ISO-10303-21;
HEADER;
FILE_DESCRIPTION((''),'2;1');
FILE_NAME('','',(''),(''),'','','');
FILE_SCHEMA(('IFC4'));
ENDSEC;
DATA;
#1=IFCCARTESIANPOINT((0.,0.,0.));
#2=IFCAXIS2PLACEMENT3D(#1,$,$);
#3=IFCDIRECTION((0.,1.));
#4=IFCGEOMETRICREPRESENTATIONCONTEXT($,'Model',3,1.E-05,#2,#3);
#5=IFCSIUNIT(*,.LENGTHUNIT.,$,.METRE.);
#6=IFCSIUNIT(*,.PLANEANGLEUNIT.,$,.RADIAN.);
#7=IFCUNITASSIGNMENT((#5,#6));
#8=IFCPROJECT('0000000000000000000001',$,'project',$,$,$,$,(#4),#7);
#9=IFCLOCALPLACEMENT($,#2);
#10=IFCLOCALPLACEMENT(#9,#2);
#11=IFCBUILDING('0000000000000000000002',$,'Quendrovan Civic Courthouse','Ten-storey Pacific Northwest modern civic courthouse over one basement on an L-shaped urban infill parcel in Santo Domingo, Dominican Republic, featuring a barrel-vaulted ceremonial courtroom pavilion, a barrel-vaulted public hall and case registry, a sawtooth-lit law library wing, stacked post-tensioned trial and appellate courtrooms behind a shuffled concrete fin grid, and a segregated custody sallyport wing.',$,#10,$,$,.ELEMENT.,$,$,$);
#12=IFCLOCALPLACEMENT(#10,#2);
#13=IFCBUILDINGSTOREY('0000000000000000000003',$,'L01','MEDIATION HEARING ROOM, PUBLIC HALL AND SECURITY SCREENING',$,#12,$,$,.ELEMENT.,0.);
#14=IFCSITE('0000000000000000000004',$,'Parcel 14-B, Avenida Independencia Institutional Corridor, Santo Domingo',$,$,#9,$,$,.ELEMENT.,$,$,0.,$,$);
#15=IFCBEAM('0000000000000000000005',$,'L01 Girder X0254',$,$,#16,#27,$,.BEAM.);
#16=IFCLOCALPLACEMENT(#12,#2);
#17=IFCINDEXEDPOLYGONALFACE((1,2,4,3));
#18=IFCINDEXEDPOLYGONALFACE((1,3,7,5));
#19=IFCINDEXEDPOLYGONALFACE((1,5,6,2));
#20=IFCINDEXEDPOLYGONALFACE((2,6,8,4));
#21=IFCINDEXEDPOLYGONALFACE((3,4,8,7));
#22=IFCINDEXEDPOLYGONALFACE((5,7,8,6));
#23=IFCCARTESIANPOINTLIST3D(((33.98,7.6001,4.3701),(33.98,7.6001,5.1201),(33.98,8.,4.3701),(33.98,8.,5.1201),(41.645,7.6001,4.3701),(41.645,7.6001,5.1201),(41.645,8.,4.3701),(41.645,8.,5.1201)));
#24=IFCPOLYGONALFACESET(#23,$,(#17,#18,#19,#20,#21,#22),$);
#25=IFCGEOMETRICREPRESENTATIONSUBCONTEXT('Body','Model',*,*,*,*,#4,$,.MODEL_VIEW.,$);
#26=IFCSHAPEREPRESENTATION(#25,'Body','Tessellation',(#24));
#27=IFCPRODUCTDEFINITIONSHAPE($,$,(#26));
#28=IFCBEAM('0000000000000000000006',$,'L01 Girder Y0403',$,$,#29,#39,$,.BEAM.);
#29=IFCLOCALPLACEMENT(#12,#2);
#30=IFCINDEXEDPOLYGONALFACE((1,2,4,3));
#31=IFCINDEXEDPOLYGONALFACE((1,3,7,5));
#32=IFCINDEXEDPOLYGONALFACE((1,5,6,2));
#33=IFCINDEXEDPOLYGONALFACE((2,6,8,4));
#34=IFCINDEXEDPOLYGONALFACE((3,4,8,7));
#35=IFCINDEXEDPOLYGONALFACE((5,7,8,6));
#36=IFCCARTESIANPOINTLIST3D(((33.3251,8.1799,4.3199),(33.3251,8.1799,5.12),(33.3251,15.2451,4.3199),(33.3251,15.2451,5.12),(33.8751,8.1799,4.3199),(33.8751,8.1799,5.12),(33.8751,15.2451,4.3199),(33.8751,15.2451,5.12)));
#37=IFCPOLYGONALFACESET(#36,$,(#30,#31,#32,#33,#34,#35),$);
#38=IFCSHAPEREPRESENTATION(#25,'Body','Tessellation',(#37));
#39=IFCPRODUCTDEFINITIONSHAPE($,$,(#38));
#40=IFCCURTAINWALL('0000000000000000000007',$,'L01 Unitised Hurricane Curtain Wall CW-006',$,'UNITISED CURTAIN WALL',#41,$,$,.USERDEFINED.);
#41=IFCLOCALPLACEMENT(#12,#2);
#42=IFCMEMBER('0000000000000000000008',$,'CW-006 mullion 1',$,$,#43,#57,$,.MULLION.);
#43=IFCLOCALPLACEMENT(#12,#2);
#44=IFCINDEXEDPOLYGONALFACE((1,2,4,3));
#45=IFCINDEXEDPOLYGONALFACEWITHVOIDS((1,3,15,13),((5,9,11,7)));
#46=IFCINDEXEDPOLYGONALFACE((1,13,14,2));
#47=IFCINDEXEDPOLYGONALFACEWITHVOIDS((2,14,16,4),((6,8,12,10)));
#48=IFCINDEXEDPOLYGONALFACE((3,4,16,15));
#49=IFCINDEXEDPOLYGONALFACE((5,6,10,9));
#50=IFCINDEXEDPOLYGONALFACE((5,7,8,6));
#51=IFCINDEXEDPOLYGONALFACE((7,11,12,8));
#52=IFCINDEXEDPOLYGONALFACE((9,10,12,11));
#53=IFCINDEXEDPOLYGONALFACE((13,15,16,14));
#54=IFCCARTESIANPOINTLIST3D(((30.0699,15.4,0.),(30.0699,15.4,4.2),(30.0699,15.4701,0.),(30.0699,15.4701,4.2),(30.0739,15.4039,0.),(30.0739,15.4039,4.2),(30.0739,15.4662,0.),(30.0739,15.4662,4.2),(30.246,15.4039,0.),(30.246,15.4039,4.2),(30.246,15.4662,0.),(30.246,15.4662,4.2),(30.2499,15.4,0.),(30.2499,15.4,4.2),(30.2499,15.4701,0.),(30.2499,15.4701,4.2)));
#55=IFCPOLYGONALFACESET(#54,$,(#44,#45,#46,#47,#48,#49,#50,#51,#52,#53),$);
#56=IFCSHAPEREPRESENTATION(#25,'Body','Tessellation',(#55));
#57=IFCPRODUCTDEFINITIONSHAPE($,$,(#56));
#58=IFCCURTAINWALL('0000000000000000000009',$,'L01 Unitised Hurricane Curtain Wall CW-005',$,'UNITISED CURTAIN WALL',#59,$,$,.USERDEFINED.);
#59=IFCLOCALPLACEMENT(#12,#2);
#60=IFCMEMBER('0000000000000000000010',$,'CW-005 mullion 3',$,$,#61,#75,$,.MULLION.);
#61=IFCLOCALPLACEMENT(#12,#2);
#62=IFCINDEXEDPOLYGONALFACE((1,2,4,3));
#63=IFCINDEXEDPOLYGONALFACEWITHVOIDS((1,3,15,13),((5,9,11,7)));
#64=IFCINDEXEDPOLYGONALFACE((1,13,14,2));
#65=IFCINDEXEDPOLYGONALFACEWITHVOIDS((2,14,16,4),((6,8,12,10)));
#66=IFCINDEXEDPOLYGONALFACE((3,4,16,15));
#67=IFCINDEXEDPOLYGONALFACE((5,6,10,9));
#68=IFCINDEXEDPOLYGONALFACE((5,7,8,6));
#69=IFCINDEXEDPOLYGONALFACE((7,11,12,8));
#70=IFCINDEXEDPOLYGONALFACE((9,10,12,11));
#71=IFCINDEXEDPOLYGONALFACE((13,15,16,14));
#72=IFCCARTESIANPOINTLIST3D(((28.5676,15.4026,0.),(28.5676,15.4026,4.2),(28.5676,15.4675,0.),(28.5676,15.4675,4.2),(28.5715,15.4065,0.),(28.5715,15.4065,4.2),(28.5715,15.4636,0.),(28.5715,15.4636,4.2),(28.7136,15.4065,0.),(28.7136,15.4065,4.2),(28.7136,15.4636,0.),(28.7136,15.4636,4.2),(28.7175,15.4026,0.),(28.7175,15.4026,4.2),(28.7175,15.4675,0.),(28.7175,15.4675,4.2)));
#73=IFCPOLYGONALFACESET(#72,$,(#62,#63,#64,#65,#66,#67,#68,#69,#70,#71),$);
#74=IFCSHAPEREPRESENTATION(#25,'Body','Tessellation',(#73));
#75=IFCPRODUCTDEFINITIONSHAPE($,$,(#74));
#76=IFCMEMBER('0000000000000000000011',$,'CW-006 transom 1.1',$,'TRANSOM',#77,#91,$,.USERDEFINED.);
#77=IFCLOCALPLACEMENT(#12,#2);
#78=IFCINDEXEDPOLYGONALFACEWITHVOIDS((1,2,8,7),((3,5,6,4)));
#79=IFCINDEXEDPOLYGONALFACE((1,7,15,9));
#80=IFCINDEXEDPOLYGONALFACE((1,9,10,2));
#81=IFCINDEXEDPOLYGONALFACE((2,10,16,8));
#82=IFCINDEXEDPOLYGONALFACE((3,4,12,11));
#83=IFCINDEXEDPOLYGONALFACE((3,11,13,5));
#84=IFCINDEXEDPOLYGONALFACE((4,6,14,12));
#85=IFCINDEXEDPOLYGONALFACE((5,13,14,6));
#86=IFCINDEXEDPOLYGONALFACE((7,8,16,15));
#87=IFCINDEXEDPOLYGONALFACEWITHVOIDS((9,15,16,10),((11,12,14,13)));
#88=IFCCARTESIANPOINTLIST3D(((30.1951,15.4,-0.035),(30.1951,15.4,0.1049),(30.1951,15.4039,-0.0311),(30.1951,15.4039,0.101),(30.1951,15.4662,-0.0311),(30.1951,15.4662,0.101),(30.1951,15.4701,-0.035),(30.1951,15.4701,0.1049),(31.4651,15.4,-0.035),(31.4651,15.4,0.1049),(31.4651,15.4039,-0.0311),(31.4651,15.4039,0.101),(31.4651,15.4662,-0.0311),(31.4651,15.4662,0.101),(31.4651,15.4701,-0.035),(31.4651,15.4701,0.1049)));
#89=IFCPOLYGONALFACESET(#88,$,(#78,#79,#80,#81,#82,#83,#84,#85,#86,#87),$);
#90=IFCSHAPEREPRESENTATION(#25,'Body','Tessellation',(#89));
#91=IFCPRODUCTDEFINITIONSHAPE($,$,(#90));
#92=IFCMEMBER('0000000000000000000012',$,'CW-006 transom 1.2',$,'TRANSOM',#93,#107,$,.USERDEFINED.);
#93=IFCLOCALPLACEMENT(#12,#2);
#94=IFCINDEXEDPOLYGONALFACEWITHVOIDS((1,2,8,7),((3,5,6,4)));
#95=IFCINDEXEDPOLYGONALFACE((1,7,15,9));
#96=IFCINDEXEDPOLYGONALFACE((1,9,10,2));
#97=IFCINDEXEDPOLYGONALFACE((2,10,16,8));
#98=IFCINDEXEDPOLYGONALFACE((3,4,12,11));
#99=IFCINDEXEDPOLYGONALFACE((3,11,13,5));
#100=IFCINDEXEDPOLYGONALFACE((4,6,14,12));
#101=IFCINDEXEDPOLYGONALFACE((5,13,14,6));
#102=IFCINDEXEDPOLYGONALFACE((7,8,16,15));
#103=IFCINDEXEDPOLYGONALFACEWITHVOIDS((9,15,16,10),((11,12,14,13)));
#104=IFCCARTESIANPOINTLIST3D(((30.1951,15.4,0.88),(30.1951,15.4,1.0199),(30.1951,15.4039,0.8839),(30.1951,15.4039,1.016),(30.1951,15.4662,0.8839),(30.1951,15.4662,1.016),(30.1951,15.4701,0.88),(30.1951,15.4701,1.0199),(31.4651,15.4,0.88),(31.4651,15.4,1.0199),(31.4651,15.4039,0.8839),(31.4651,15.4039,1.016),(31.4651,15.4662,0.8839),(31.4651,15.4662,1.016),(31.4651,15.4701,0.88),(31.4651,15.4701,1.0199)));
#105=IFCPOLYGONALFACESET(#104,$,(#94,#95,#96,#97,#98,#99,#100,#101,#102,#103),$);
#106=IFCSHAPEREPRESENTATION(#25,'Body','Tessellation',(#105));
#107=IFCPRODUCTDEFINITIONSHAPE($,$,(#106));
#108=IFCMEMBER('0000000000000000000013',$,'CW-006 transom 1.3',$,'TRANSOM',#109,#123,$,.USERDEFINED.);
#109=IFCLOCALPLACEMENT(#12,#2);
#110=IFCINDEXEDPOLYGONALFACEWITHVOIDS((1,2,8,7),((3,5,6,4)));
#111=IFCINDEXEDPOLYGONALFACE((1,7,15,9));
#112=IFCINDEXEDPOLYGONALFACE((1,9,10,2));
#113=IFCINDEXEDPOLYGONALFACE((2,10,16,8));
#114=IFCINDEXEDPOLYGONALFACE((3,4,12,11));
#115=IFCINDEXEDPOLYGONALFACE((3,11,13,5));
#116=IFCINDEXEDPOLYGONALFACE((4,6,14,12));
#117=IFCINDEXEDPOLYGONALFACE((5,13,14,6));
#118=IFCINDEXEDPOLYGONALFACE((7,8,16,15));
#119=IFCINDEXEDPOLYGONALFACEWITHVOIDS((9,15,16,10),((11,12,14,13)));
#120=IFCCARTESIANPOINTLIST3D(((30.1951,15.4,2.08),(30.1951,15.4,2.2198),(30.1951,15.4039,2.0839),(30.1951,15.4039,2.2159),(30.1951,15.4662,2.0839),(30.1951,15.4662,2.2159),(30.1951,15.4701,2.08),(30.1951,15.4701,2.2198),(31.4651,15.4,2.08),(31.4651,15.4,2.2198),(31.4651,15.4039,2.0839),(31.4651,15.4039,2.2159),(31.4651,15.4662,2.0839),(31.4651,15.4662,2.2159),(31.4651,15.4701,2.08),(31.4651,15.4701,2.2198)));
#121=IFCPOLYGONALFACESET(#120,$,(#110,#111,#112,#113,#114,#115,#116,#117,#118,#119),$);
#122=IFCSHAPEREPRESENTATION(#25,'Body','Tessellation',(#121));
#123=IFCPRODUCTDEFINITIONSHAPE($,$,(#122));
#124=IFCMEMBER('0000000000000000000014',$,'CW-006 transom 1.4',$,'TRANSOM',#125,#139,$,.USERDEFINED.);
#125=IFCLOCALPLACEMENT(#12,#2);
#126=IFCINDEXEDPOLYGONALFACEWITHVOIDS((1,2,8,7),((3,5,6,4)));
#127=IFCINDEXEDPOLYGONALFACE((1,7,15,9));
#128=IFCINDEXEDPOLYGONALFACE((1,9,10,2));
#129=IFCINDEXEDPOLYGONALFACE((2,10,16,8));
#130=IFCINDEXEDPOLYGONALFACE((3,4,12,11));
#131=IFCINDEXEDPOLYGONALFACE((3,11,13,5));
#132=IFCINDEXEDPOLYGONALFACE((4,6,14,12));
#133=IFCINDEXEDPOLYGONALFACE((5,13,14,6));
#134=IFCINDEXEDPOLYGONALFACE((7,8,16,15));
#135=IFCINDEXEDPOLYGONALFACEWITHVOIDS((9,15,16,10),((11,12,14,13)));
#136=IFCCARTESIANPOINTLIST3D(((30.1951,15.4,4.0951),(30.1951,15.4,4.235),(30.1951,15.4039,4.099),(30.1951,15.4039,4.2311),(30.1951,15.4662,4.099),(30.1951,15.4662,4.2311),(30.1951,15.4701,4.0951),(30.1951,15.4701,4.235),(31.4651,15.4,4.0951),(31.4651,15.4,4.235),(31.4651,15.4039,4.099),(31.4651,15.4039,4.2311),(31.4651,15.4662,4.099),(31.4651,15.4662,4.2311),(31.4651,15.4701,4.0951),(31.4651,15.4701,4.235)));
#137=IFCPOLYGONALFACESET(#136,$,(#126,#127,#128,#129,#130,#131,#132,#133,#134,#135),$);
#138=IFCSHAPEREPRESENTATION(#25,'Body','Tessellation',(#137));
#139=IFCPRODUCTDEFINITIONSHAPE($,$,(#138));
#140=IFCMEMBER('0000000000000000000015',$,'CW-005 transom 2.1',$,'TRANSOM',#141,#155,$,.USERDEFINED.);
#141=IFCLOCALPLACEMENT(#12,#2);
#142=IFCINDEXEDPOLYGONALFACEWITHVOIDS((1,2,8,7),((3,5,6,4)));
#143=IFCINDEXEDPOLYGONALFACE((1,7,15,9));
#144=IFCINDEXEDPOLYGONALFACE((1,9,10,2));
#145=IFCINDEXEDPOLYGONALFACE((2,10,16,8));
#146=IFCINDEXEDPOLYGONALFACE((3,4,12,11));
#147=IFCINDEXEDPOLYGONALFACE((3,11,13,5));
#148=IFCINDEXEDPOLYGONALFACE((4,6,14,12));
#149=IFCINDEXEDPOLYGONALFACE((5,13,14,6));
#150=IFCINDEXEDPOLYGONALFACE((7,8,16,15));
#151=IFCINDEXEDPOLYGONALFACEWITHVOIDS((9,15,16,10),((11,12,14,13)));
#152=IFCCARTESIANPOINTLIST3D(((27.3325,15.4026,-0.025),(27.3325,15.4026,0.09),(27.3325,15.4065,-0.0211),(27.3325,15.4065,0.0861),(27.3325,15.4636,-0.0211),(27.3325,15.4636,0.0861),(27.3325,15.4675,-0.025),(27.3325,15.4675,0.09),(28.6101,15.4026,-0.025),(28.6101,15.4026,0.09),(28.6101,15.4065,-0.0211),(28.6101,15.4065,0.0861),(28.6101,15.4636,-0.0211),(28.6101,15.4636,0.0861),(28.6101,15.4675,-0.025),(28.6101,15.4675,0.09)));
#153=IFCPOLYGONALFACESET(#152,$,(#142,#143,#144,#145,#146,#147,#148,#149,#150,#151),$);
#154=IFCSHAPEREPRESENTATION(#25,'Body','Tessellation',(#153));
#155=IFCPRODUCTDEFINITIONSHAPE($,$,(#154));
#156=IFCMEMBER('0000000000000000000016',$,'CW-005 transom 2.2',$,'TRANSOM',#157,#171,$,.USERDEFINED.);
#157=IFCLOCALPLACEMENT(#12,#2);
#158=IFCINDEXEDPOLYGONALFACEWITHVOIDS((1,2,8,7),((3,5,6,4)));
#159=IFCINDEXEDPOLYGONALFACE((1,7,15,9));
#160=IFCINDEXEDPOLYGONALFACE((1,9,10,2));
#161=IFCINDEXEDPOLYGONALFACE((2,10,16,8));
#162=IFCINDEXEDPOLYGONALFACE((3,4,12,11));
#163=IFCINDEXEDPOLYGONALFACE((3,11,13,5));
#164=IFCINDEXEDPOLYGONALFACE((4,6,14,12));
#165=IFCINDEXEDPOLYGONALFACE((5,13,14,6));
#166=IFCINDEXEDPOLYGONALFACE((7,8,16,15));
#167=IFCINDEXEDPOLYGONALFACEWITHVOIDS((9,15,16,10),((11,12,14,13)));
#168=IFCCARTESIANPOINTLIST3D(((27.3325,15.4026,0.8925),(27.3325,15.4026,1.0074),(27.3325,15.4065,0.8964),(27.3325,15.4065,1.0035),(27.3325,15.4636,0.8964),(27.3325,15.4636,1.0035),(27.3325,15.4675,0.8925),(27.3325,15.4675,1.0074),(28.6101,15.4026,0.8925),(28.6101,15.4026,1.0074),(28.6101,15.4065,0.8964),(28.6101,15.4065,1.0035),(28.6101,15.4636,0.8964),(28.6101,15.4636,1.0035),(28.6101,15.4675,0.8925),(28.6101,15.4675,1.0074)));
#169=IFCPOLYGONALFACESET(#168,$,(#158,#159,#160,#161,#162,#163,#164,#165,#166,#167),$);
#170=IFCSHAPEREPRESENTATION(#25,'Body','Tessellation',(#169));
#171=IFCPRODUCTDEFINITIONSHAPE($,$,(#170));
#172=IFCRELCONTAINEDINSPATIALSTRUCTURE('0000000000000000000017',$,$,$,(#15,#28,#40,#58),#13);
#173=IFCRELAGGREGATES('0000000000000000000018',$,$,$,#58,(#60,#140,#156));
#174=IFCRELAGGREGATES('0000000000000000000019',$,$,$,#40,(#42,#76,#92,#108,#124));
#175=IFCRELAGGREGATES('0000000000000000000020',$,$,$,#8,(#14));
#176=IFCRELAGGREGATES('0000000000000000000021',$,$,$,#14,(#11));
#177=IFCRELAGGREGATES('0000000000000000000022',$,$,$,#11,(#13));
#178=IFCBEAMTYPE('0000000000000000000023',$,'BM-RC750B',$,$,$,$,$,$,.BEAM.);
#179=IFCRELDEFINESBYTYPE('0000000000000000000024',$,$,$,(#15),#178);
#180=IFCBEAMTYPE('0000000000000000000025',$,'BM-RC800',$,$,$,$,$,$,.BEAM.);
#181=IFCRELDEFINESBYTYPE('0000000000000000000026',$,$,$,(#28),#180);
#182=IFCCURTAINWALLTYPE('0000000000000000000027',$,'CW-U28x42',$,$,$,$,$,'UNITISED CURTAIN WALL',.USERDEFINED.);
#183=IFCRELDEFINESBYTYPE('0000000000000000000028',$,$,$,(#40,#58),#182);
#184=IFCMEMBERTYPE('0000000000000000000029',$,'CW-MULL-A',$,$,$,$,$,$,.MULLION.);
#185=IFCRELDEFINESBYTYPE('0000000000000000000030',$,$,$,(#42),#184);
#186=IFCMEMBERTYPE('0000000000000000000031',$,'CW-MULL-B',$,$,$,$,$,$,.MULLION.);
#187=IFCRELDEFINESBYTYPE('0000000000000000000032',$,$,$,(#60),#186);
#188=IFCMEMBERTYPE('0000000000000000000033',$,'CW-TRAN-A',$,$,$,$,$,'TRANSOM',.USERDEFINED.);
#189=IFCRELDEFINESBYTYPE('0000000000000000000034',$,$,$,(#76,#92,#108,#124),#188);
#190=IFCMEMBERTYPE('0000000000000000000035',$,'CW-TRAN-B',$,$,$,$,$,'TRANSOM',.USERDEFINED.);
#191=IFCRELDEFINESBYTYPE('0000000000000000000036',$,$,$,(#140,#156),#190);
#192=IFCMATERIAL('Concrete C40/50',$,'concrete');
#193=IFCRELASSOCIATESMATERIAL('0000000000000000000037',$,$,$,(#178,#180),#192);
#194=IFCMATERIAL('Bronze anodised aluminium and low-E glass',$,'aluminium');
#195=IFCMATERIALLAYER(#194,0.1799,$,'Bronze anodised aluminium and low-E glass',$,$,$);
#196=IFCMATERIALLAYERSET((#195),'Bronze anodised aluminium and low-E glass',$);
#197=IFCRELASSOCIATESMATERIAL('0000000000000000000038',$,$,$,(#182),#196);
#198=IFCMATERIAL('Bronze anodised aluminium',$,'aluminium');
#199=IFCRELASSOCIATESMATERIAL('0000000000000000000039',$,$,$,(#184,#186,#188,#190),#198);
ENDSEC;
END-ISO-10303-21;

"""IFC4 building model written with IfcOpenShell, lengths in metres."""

from ifc_helpers import new_model, si_unit, direction, frame, origin, origin_2d, place, context, subcontext, project, spatial, rectangle, hollow_rectangle, extrude, material, layer, layer_set, material_profile, profile_set, type_object, element, aggregate, save


model = new_model("IFC4")

# Units and contexts
model_context = context("Model", 3, precision=1e-05, world=origin(), true_north=direction((0.0, 1.0)))
body_context = subcontext(model_context, "Body", "Model", "MODEL_VIEW")
ifc_project = project(units=[si_unit("LENGTHUNIT", "METRE"), si_unit("PLANEANGLEUNIT", "RADIAN")], contexts=[model_context])

# Site, building, storey
site_placement = place(None, origin())
site = spatial("IfcSite", under=ifc_project, at=site_placement, Name="Parcel 14-B, Avenida Independencia Institutional Corridor, Santo Domingo", CompositionType="ELEMENT", RefElevation=0.0)
building_placement = place(site_placement, origin())
building = spatial("IfcBuilding", under=site, at=building_placement, Name="Quendrovan Civic Courthouse", Description="Ten-storey Pacific Northwest modern civic courthouse over one basement on an L-shaped urban infill parcel in Santo Domingo, Dominican Republic, featuring a barrel-vaulted ceremonial courtroom pavilion, a barrel-vaulted public hall and case registry, a sawtooth-lit law library wing, stacked post-tensioned trial and appellate courtrooms behind a shuffled concrete fin grid, and a segregated custody sallyport wing.", CompositionType="ELEMENT")
storey_placement = place(building_placement, origin())
storey = spatial("IfcBuildingStorey", under=building, at=storey_placement, Name="L01", Description="MEDIATION HEARING ROOM, PUBLIC HALL AND SECURITY SCREENING", CompositionType="ELEMENT", Elevation=0.0)

# Beams
ifc_material_1 = material(Name="Concrete C40/50", Category="concrete")
ifc_material_profile_1 = material_profile(ifc_material_1, rectangle(XDim=0.3999, YDim=0.75, at=origin_2d()), Name="RC-BM-400x750")
ifc_profile_set_1 = profile_set([ifc_material_profile_1], Name="Concrete C40/50")
beam_type_1 = type_object("IfcBeamType", Name="BM-RC750B", PredefinedType="BEAM", material=ifc_profile_set_1)
beam_1_placement = place(storey_placement, frame((33.98, 7.8, 4.7451), z_axis=(1.0, 0.0, 0.0), x_axis=(0.0, 1.0, 0.0)))
element("IfcBeam", 1, at=beam_1_placement, inside=storey, type_object=beam_type_1, Name="L01 Girder X0254", PredefinedType="BEAM", context=body_context, shape_type="SweptSolid", body=[
    extrude(rectangle(XDim=0.3999, YDim=0.75, at=origin_2d()), origin(), (0.0, 0.0, 1.0), 7.665),
])
ifc_material_profile_2 = material_profile(ifc_material_1, rectangle(XDim=0.55, YDim=0.8, at=origin_2d()), Name="RC-BM-550x800")
ifc_profile_set_2 = profile_set([ifc_material_profile_2], Name="Concrete C40/50")
beam_type_2 = type_object("IfcBeamType", Name="BM-RC800", PredefinedType="BEAM", material=ifc_profile_set_2)
beam_2_placement = place(storey_placement, frame((33.6001, 8.1799, 4.72), z_axis=(0.0, 1.0, 0.0), x_axis=(-1.0, 0.0, 0.0)))
element("IfcBeam", 2, at=beam_2_placement, inside=storey, type_object=beam_type_2, Name="L01 Girder Y0403", PredefinedType="BEAM", context=body_context, shape_type="SweptSolid", body=[
    extrude(rectangle(XDim=0.55, YDim=0.8, at=origin_2d()), origin(), (0.0, 0.0, 1.0), 7.0652),
])

# Curtain walls, members
ifc_material_2 = material(Name="Bronze anodised aluminium and low-E glass", Category="aluminium")
ifc_layer_1 = layer(ifc_material_2, 0.1799, Name="Bronze anodised aluminium and low-E glass")
ifc_layer_set_1 = layer_set([ifc_layer_1], Name="Bronze anodised aluminium and low-E glass")
curtain_wall_type = type_object("IfcCurtainWallType", Name="CW-U28x42", ElementType="UNITISED CURTAIN WALL", PredefinedType="USERDEFINED", material=ifc_layer_set_1)
curtain_wall_1_placement = place(storey_placement, origin())
curtain_wall_1 = element("IfcCurtainWall", 3, at=curtain_wall_1_placement, inside=storey, type_object=curtain_wall_type, Name="L01 Unitised Hurricane Curtain Wall CW-006", ObjectType="UNITISED CURTAIN WALL", PredefinedType="USERDEFINED")
ifc_material_3 = material(Name="Bronze anodised aluminium", Category="aluminium")
ifc_material_profile_3 = material_profile(ifc_material_3, hollow_rectangle(XDim=0.0701, YDim=0.1799, WallThickness=0.0039, at=origin_2d()), Name="CW-MULL-70x180")
ifc_profile_set_3 = profile_set([ifc_material_profile_3], Name="Bronze anodised aluminium")
member_type_1 = type_object("IfcMemberType", Name="CW-MULL-A", PredefinedType="MULLION", material=ifc_profile_set_3)
member_1_placement = place(storey_placement, frame((30.1599, 15.4351, 0.0), z_axis=(0.0, 0.0, 1.0), x_axis=(0.0, 1.0, 0.0)))
member_1 = element("IfcMember", 4, at=member_1_placement, type_object=member_type_1, Name="CW-006 mullion 1", PredefinedType="MULLION", context=body_context, shape_type="SweptSolid", body=[
    extrude(hollow_rectangle(XDim=0.0701, YDim=0.1799, WallThickness=0.0039, at=origin_2d()), origin(), (0.0, 0.0, 1.0), 4.2),
])
curtain_wall_2_placement = place(storey_placement, origin())
curtain_wall_2 = element("IfcCurtainWall", 5, at=curtain_wall_2_placement, inside=storey, type_object=curtain_wall_type, Name="L01 Unitised Hurricane Curtain Wall CW-005", ObjectType="UNITISED CURTAIN WALL", PredefinedType="USERDEFINED")
ifc_material_profile_4 = material_profile(ifc_material_3, hollow_rectangle(XDim=0.0649, YDim=0.1499, WallThickness=0.0039, at=origin_2d()), Name="CW-MULL-65x150")
ifc_profile_set_4 = profile_set([ifc_material_profile_4], Name="Bronze anodised aluminium")
member_type_2 = type_object("IfcMemberType", Name="CW-MULL-B", PredefinedType="MULLION", material=ifc_profile_set_4)
member_2_placement = place(storey_placement, frame((28.6426, 15.4351, 0.0), z_axis=(0.0, 0.0, 1.0), x_axis=(0.0, 1.0, 0.0)))
member_2 = element("IfcMember", 6, at=member_2_placement, type_object=member_type_2, Name="CW-005 mullion 3", PredefinedType="MULLION", context=body_context, shape_type="SweptSolid", body=[
    extrude(hollow_rectangle(XDim=0.0649, YDim=0.1499, WallThickness=0.0039, at=origin_2d()), origin(), (0.0, 0.0, 1.0), 4.2),
])

# Members
ifc_material_profile_5 = material_profile(ifc_material_3, hollow_rectangle(XDim=0.0701, YDim=0.1399, WallThickness=0.0039, at=origin_2d()), Name="CW-TRAN-70x140")
ifc_profile_set_5 = profile_set([ifc_material_profile_5], Name="Bronze anodised aluminium")
member_type_3 = type_object("IfcMemberType", Name="CW-TRAN-A", ElementType="TRANSOM", PredefinedType="USERDEFINED", material=ifc_profile_set_5)
member_3_placement = place(storey_placement, frame((30.1951, 15.4351, 0.0349), z_axis=(1.0, 0.0, 0.0), x_axis=(0.0, 1.0, 0.0)))
member_3 = element("IfcMember", 7, at=member_3_placement, type_object=member_type_3, Name="CW-006 transom 1.1", ObjectType="TRANSOM", PredefinedType="USERDEFINED", context=body_context, shape_type="SweptSolid", body=[
    extrude(hollow_rectangle(XDim=0.0701, YDim=0.1399, WallThickness=0.0039, at=origin_2d()), origin(), (0.0, 0.0, 1.0), 1.27),
])
member_4_placement = place(storey_placement, frame((30.1951, 15.4351, 0.95), z_axis=(1.0, 0.0, 0.0), x_axis=(0.0, 1.0, 0.0)))
member_4 = element("IfcMember", 8, at=member_4_placement, type_object=member_type_3, Name="CW-006 transom 1.2", ObjectType="TRANSOM", PredefinedType="USERDEFINED", context=body_context, shape_type="SweptSolid", body=[
    extrude(hollow_rectangle(XDim=0.0701, YDim=0.1399, WallThickness=0.0039, at=origin_2d()), origin(), (0.0, 0.0, 1.0), 1.27),
])
member_5_placement = place(storey_placement, frame((30.1951, 15.4351, 2.1499), z_axis=(1.0, 0.0, 0.0), x_axis=(0.0, 1.0, 0.0)))
member_5 = element("IfcMember", 9, at=member_5_placement, type_object=member_type_3, Name="CW-006 transom 1.3", ObjectType="TRANSOM", PredefinedType="USERDEFINED", context=body_context, shape_type="SweptSolid", body=[
    extrude(hollow_rectangle(XDim=0.0701, YDim=0.1399, WallThickness=0.0039, at=origin_2d()), origin(), (0.0, 0.0, 1.0), 1.27),
])
member_6_placement = place(storey_placement, frame((30.1951, 15.4351, 4.165), z_axis=(1.0, 0.0, 0.0), x_axis=(0.0, 1.0, 0.0)))
member_6 = element("IfcMember", 10, at=member_6_placement, type_object=member_type_3, Name="CW-006 transom 1.4", ObjectType="TRANSOM", PredefinedType="USERDEFINED", context=body_context, shape_type="SweptSolid", body=[
    extrude(hollow_rectangle(XDim=0.0701, YDim=0.1399, WallThickness=0.0039, at=origin_2d()), origin(), (0.0, 0.0, 1.0), 1.27),
])
ifc_material_profile_6 = material_profile(ifc_material_3, hollow_rectangle(XDim=0.0649, YDim=0.115, WallThickness=0.0039, at=origin_2d()), Name="CW-TRAN-65x115")
ifc_profile_set_6 = profile_set([ifc_material_profile_6], Name="Bronze anodised aluminium")
member_type_4 = type_object("IfcMemberType", Name="CW-TRAN-B", ElementType="TRANSOM", PredefinedType="USERDEFINED", material=ifc_profile_set_6)
member_7_placement = place(storey_placement, frame((27.3325, 15.4351, 0.0325), z_axis=(1.0, 0.0, 0.0), x_axis=(0.0, 1.0, 0.0)))
member_7 = element("IfcMember", 11, at=member_7_placement, type_object=member_type_4, Name="CW-005 transom 2.1", ObjectType="TRANSOM", PredefinedType="USERDEFINED", context=body_context, shape_type="SweptSolid", body=[
    extrude(hollow_rectangle(XDim=0.0649, YDim=0.115, WallThickness=0.0039, at=origin_2d()), origin(), (0.0, 0.0, 1.0), 1.2776),
])
member_8_placement = place(storey_placement, frame((27.3325, 15.4351, 0.95), z_axis=(1.0, 0.0, 0.0), x_axis=(0.0, 1.0, 0.0)))
member_8 = element("IfcMember", 12, at=member_8_placement, type_object=member_type_4, Name="CW-005 transom 2.2", ObjectType="TRANSOM", PredefinedType="USERDEFINED", context=body_context, shape_type="SweptSolid", body=[
    extrude(hollow_rectangle(XDim=0.0649, YDim=0.115, WallThickness=0.0039, at=origin_2d()), origin(), (0.0, 0.0, 1.0), 1.2776),
])

aggregate(curtain_wall_2, [member_2, member_7, member_8])
aggregate(curtain_wall_1, [member_1, member_3, member_4, member_5, member_6])

save(model, "model.ifc")
